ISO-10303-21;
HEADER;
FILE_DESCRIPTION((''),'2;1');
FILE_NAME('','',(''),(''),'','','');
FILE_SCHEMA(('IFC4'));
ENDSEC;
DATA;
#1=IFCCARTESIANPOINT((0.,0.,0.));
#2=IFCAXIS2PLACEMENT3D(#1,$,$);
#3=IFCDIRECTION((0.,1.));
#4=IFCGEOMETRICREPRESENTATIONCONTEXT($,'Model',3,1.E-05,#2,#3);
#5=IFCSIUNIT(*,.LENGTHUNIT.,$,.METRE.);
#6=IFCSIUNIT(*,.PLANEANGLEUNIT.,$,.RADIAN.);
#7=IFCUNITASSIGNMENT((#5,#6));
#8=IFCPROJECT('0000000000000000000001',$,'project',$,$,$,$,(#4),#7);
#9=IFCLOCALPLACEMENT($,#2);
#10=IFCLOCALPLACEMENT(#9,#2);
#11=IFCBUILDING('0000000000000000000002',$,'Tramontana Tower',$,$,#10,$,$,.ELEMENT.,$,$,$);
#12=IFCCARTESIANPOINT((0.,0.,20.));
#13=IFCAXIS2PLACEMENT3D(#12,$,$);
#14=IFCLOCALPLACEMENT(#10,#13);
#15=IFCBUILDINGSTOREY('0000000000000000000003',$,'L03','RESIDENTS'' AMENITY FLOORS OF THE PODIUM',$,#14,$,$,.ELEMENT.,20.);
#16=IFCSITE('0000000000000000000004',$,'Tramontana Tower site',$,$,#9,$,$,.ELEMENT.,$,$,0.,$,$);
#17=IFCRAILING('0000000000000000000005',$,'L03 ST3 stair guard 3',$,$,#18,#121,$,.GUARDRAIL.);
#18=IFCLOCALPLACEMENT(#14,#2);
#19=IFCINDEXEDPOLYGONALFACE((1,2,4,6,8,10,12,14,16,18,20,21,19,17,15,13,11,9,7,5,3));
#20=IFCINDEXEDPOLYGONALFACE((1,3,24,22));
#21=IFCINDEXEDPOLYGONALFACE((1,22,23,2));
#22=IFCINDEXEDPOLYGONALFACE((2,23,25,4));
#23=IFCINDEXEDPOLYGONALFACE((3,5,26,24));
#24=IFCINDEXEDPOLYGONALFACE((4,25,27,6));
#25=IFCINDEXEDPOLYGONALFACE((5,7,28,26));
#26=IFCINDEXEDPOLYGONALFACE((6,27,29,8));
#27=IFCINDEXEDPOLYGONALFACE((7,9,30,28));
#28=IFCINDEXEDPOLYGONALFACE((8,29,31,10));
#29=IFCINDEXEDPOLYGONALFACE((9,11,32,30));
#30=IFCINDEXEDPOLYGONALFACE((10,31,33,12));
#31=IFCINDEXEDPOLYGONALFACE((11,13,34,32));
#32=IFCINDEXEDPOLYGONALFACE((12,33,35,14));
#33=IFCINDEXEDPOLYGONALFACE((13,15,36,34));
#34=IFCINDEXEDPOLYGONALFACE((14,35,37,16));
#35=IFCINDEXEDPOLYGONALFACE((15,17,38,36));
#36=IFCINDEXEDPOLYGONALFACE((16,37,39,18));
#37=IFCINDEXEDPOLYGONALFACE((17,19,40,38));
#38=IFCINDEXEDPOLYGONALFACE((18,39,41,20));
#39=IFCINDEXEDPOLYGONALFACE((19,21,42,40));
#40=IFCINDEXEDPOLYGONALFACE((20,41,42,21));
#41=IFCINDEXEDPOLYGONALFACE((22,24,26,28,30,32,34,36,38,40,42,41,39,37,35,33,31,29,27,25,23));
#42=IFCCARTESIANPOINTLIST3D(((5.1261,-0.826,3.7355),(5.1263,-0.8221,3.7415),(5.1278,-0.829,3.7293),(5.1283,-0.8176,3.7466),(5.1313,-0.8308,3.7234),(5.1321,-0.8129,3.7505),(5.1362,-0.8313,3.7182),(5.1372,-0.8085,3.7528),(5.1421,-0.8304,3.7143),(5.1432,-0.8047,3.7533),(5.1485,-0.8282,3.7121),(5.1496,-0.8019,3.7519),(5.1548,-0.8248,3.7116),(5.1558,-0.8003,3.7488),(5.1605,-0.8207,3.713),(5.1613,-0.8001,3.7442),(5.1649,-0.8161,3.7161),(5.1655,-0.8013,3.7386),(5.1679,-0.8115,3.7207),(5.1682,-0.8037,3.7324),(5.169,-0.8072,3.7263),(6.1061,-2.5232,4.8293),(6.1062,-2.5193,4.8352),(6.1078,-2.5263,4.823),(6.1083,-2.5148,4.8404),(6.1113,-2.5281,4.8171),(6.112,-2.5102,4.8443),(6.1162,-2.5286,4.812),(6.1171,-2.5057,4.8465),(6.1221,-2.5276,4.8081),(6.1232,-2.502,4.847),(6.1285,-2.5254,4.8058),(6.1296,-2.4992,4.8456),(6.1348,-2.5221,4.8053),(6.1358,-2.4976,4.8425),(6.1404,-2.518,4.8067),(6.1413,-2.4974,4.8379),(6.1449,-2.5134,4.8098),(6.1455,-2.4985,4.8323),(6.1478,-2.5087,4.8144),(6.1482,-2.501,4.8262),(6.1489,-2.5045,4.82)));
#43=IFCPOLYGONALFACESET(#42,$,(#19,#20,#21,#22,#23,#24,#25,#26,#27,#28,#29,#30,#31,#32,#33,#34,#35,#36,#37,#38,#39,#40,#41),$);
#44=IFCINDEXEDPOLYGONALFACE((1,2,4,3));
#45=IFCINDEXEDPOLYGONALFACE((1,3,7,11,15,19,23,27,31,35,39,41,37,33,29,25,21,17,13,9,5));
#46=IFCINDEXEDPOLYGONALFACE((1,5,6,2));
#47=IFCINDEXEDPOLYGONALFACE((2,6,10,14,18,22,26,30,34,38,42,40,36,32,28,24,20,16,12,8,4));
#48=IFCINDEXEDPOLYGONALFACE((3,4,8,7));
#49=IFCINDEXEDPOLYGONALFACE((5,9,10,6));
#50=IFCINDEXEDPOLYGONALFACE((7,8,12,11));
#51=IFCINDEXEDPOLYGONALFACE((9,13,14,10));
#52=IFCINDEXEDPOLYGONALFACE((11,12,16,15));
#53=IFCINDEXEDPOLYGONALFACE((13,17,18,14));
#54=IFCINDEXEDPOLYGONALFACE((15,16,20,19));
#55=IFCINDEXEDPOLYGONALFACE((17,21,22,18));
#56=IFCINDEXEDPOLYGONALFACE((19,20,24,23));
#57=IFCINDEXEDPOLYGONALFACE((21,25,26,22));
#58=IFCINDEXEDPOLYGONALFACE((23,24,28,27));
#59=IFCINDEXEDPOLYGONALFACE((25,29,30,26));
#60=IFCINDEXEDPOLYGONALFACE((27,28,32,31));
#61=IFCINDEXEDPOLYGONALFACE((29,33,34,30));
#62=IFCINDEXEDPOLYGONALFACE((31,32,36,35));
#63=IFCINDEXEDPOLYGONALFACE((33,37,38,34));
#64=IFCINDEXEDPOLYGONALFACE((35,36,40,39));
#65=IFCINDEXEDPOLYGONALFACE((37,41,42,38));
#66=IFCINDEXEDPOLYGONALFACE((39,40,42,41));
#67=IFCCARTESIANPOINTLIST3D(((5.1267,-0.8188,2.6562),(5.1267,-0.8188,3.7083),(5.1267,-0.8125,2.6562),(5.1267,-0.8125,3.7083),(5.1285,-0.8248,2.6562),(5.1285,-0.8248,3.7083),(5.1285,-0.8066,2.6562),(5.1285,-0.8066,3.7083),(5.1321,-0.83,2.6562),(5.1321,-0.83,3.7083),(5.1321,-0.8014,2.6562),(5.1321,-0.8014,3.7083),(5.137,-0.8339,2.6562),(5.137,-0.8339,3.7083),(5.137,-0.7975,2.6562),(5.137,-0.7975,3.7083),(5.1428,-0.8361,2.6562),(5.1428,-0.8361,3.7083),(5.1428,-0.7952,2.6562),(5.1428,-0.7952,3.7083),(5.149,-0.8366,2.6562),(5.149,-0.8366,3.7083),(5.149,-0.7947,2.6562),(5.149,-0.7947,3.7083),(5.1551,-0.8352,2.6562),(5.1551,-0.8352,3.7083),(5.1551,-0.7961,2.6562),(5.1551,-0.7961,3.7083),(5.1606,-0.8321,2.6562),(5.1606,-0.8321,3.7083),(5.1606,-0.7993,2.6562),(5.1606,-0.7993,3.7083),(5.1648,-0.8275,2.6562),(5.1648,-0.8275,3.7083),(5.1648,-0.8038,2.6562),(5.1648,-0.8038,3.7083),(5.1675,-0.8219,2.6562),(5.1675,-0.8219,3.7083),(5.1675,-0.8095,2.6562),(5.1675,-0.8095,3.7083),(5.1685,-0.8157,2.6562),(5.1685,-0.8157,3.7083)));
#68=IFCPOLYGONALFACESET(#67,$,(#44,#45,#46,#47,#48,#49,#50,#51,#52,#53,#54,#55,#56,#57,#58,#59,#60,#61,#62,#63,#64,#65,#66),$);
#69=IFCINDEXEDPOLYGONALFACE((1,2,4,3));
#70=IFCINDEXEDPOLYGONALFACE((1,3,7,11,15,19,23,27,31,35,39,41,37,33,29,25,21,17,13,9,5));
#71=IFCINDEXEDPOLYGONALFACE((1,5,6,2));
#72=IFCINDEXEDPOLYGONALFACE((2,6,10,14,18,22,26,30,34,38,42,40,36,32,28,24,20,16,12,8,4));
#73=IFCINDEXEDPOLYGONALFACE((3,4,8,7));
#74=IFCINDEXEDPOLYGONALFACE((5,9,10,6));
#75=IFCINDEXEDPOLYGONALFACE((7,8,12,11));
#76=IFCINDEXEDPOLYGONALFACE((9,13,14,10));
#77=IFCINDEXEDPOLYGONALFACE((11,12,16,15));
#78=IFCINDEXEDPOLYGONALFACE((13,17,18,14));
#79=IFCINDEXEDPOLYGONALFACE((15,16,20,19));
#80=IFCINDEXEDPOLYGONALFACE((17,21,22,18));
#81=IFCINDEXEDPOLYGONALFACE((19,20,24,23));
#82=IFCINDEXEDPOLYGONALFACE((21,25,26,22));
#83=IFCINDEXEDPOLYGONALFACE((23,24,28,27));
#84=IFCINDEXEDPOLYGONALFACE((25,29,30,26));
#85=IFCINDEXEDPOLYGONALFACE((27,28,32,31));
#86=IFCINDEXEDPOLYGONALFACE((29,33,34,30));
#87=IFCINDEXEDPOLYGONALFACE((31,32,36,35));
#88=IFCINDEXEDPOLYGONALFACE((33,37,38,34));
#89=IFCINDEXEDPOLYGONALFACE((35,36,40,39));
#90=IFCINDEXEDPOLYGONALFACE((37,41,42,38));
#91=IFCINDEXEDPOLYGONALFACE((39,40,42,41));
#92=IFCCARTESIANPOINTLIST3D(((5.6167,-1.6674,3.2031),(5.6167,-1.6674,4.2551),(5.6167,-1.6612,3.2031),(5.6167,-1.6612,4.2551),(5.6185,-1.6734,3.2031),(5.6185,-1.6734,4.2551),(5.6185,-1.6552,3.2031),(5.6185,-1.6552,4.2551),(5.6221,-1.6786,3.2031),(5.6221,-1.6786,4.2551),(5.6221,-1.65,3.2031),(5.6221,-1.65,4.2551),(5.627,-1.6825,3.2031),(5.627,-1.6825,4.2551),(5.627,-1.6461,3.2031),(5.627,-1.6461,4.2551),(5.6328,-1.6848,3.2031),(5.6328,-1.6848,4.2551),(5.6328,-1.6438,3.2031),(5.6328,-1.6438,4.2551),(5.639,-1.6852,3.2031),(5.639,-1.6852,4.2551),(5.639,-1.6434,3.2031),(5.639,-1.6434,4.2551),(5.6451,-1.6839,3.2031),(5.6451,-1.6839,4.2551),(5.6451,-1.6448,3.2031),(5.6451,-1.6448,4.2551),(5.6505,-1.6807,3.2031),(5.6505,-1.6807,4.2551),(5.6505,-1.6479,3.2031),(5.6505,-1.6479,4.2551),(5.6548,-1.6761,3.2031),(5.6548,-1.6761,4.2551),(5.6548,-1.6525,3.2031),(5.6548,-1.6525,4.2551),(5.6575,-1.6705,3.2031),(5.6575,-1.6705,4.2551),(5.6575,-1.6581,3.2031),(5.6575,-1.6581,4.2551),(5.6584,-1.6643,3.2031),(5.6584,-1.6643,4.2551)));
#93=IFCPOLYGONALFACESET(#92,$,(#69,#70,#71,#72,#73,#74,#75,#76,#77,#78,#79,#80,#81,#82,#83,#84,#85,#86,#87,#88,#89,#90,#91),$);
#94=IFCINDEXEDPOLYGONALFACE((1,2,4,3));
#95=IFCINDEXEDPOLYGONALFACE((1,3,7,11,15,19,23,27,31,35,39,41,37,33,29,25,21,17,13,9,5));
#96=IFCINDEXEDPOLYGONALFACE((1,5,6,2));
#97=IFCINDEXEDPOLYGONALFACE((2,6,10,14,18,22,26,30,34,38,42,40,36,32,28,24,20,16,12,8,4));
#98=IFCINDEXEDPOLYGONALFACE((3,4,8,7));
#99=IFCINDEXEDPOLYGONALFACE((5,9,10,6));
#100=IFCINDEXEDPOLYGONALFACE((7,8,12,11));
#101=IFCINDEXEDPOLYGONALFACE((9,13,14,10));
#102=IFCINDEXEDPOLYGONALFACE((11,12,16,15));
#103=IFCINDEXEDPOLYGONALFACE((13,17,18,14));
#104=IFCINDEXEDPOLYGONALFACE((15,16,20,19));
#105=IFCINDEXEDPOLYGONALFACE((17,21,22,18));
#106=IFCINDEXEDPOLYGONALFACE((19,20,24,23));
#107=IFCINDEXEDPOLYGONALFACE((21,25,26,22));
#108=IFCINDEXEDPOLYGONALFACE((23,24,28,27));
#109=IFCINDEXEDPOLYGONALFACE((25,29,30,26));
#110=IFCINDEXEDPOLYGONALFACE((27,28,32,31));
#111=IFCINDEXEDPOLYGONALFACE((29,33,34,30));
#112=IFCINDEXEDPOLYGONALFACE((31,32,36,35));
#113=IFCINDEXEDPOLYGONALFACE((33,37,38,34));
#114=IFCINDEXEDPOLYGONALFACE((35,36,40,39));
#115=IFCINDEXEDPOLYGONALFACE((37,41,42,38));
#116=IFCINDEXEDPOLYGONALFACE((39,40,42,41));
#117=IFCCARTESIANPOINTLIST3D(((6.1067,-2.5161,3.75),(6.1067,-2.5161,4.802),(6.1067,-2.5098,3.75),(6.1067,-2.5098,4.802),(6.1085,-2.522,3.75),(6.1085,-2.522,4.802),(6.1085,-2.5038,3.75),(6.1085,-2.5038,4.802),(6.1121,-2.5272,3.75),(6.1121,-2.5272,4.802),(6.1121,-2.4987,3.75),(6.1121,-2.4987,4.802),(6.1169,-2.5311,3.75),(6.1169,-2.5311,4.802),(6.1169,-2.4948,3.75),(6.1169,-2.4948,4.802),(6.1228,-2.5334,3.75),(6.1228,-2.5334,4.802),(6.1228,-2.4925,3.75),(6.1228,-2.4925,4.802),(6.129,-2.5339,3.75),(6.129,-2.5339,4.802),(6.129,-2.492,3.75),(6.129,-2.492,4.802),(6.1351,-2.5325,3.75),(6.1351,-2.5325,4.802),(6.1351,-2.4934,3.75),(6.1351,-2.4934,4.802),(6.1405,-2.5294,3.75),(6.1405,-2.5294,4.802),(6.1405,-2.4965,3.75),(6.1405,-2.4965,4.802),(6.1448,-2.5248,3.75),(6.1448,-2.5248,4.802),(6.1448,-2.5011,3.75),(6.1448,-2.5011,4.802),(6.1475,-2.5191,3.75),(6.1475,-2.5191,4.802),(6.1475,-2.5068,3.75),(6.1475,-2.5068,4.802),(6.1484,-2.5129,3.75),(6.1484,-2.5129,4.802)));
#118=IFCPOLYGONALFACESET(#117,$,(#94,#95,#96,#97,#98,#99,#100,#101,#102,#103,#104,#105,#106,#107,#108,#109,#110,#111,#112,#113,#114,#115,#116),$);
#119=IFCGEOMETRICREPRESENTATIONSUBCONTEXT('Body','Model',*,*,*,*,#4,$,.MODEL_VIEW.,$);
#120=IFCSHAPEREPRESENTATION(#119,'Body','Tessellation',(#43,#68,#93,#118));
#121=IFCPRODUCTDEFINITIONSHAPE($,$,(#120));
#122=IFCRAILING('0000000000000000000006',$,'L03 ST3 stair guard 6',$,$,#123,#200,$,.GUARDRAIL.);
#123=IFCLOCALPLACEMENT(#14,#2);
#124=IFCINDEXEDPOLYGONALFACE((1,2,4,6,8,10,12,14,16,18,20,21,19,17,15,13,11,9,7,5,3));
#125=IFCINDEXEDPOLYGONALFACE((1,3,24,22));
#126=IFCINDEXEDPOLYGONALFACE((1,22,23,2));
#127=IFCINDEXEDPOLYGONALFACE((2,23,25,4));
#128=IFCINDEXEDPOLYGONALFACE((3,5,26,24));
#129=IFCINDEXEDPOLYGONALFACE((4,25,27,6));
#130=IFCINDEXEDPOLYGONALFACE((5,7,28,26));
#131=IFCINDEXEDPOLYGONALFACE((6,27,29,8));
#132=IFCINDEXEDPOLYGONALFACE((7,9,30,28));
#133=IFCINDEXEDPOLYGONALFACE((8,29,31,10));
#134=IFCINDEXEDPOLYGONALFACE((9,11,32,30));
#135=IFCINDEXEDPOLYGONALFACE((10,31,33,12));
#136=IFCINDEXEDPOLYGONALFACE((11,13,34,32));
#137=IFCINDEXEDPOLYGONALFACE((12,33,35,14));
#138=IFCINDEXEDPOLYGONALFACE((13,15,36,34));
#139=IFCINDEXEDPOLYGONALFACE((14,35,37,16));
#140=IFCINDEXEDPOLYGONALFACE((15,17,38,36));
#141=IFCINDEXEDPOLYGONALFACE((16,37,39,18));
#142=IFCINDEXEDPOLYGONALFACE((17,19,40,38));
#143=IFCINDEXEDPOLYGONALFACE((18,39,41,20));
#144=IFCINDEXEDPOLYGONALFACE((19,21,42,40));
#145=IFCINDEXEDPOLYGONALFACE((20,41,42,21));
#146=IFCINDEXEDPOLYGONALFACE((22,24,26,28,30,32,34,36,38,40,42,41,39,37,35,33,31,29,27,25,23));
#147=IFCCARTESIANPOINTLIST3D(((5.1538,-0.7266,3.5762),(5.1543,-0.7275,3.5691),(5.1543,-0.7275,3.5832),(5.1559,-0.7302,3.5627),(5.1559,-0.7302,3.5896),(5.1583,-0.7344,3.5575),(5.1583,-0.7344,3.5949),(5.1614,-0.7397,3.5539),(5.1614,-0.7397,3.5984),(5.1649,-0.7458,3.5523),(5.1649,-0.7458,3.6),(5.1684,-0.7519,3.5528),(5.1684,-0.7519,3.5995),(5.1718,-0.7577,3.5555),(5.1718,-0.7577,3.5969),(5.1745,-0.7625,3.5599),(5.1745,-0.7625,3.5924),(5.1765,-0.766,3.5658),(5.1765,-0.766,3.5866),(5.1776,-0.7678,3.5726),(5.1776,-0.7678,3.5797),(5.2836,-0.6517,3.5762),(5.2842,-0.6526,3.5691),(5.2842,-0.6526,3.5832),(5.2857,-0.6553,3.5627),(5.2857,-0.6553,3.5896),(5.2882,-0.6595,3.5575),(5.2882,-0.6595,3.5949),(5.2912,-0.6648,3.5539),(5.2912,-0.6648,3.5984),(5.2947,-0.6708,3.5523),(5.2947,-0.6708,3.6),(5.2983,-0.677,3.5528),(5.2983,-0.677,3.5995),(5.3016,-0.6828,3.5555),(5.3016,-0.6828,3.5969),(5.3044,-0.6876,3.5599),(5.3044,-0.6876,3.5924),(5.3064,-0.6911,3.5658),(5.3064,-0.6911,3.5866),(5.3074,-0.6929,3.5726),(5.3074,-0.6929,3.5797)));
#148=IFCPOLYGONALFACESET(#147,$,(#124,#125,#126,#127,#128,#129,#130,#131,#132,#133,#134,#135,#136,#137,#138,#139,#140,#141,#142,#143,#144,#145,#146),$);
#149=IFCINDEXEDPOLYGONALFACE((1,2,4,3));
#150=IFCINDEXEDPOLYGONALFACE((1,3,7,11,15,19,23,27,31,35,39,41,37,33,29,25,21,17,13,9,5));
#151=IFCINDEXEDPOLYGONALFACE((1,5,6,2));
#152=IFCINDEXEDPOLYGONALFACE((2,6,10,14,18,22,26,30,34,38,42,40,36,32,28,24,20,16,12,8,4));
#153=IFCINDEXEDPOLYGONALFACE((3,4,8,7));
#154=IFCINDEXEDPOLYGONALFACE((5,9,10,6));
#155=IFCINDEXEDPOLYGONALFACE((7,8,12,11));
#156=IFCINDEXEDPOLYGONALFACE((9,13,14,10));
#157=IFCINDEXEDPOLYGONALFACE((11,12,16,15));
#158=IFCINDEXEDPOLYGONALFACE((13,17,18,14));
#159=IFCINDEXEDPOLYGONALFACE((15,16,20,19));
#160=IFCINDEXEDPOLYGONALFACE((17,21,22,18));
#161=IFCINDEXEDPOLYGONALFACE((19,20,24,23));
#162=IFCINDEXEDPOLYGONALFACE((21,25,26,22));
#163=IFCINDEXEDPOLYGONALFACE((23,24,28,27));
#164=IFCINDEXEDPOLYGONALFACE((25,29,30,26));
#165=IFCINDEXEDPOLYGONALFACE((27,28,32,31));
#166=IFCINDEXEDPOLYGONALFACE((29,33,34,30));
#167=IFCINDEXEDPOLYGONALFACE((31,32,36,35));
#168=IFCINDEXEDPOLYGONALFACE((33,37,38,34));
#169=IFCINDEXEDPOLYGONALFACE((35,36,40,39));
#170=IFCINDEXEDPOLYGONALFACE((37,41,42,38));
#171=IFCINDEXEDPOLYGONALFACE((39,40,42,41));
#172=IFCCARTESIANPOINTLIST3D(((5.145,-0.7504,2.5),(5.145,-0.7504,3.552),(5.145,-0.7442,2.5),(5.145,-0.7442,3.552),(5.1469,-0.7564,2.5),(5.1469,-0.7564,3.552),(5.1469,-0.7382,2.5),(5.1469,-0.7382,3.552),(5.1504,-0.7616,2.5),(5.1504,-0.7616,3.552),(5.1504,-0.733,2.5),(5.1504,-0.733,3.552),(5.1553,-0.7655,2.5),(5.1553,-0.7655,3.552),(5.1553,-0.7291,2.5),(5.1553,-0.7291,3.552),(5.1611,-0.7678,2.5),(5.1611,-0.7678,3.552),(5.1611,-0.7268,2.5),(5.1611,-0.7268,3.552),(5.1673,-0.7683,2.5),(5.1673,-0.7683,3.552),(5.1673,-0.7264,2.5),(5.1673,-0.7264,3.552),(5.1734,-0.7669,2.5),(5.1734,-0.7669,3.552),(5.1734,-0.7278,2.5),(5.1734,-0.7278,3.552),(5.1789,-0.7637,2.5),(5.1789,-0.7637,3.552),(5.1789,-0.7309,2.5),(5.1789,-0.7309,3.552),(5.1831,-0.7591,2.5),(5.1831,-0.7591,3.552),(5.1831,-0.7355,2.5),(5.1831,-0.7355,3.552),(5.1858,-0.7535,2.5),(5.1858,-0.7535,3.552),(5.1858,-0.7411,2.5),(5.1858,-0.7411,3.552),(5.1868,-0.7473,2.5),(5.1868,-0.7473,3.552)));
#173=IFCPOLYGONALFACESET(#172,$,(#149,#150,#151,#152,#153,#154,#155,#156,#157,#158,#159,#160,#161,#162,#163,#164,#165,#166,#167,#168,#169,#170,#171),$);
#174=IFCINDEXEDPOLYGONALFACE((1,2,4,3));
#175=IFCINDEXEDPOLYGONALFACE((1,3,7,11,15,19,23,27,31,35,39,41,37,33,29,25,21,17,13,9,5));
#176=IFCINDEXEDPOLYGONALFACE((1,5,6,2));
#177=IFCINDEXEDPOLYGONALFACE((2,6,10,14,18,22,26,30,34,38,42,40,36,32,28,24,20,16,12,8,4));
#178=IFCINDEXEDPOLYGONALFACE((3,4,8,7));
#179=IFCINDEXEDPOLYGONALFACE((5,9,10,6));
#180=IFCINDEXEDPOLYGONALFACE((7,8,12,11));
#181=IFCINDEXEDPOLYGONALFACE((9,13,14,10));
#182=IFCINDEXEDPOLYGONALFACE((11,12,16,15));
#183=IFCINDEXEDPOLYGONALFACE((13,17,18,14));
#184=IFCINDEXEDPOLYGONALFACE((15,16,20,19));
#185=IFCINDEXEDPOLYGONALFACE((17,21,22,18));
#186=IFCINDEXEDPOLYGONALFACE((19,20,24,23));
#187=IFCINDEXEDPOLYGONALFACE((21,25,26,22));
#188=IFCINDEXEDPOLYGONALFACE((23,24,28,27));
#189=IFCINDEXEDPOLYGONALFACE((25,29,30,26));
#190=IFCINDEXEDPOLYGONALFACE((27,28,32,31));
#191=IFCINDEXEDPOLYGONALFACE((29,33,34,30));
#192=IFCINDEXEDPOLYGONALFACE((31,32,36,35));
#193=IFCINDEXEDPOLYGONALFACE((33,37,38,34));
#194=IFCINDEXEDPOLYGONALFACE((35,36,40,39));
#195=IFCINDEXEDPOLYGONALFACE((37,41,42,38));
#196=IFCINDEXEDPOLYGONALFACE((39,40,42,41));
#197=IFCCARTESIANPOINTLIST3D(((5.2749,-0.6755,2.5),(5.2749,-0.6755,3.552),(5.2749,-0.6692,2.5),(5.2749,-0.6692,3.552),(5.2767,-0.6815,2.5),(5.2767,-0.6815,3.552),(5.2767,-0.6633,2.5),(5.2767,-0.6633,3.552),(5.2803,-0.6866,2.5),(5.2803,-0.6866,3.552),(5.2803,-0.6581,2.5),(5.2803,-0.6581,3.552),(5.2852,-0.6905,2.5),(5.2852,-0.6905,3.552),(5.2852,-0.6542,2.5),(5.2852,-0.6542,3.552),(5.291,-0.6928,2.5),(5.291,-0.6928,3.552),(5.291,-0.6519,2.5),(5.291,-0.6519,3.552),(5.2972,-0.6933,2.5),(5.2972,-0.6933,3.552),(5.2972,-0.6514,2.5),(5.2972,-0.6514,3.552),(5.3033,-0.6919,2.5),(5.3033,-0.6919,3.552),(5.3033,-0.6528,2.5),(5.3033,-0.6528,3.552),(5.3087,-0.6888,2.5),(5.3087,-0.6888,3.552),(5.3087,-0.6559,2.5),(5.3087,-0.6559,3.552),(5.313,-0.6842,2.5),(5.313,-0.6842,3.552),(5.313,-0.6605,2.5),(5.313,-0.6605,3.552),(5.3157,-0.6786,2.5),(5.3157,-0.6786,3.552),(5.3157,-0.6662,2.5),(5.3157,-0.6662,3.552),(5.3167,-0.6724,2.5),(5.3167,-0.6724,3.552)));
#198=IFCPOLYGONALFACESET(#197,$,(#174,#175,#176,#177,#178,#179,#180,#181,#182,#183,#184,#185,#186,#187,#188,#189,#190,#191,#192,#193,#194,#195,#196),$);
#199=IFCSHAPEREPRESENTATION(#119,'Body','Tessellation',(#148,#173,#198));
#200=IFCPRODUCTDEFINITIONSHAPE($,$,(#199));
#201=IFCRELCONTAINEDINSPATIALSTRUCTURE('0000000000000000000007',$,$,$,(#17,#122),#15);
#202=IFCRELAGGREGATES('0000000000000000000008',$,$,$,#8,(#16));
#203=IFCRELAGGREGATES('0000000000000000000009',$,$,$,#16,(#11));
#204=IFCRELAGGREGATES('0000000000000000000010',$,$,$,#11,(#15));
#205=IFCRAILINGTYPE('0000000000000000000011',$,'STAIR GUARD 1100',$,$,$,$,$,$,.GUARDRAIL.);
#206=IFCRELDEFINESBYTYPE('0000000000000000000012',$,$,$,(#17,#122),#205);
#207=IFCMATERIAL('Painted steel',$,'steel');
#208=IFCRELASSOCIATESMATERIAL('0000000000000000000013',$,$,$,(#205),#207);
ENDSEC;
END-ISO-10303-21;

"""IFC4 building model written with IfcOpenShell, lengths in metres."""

from ifc_helpers import new_model, si_unit, direction, frame, origin, origin_2d, place, context, subcontext, project, spatial, circle, extrude, material, type_object, element, save


model = new_model("IFC4")

# Units and contexts
model_context = context("Model", 3, precision=1e-05, world=origin(), true_north=direction((0.0, 1.0)))
body_context = subcontext(model_context, "Body", "Model", "MODEL_VIEW")
ifc_project = project(units=[si_unit("LENGTHUNIT", "METRE"), si_unit("PLANEANGLEUNIT", "RADIAN")], contexts=[model_context])

# Site, building, storey
site_placement = place(None, origin())
site = spatial("IfcSite", under=ifc_project, at=site_placement, Name="Tramontana Tower site", CompositionType="ELEMENT", RefElevation=0.0)
building_placement = place(site_placement, origin())
building = spatial("IfcBuilding", under=site, at=building_placement, Name="Tramontana Tower", CompositionType="ELEMENT")
storey_placement = place(building_placement, frame((0.0, 0.0, 20.0)))
storey = spatial("IfcBuildingStorey", under=building, at=storey_placement, Name="L03", Description="RESIDENTS' AMENITY FLOORS OF THE PODIUM", CompositionType="ELEMENT", Elevation=20.0)

# Railings
ifc_material_1 = material(Name="Painted steel", Category="steel")
railing_type = type_object("IfcRailingType", Name="STAIR GUARD 1100", PredefinedType="GUARDRAIL", material=ifc_material_1)
for number, where, name in (
    (1, (5.1475, -0.8157, 2.6562), "L03 ST3 stair guard 3"),
):
    element("IfcRailing", number, at=place(storey_placement, frame(where)), inside=storey, type_object=railing_type, Name=name, PredefinedType="GUARDRAIL", context=body_context, shape_type="SweptSolid", body=[
        extrude(circle(Radius=0.0239, at=origin_2d()), frame((0.0, 0.0, 1.0762), z_axis=(0.436632, -0.75622, 0.487323), x_axis=(0.866011, 0.500024, 0.0)), (0.0, 0.0, 1.0), 2.2444),
        extrude(circle(Radius=0.021, at=origin_2d()), origin(), (0.0, 0.0, 1.0), 1.052),
        extrude(circle(Radius=0.021, at=origin_2d()), frame((0.49, -0.8486, 0.5469)), (0.0, 0.0, 1.0), 1.052),
        extrude(circle(Radius=0.021, at=origin_2d()), frame((0.98, -1.6973, 1.0938)), (0.0, 0.0, 1.0), 1.052),
    ])
for number, where, name in (
    (2, (5.1658, -0.7473, 2.5), "L03 ST3 stair guard 6"),
):
    element("IfcRailing", number, at=place(storey_placement, frame(where)), inside=storey, type_object=railing_type, Name=name, PredefinedType="GUARDRAIL", context=body_context, shape_type="SweptSolid", body=[
        extrude(circle(Radius=0.0239, at=origin_2d()), frame((0.0, 0.0, 1.0762), z_axis=(0.866131, 0.499816, 0.0), x_axis=(-0.499816, 0.866131, 0.0)), (0.0, 0.0, 1.0), 0.1499),
        extrude(circle(Radius=0.021, at=origin_2d()), origin(), (0.0, 0.0, 1.0), 1.052),
        extrude(circle(Radius=0.021, at=origin_2d()), frame((0.1299, 0.075, 0.0)), (0.0, 0.0, 1.0), 1.052),
    ])

save(model, "model.ifc")
